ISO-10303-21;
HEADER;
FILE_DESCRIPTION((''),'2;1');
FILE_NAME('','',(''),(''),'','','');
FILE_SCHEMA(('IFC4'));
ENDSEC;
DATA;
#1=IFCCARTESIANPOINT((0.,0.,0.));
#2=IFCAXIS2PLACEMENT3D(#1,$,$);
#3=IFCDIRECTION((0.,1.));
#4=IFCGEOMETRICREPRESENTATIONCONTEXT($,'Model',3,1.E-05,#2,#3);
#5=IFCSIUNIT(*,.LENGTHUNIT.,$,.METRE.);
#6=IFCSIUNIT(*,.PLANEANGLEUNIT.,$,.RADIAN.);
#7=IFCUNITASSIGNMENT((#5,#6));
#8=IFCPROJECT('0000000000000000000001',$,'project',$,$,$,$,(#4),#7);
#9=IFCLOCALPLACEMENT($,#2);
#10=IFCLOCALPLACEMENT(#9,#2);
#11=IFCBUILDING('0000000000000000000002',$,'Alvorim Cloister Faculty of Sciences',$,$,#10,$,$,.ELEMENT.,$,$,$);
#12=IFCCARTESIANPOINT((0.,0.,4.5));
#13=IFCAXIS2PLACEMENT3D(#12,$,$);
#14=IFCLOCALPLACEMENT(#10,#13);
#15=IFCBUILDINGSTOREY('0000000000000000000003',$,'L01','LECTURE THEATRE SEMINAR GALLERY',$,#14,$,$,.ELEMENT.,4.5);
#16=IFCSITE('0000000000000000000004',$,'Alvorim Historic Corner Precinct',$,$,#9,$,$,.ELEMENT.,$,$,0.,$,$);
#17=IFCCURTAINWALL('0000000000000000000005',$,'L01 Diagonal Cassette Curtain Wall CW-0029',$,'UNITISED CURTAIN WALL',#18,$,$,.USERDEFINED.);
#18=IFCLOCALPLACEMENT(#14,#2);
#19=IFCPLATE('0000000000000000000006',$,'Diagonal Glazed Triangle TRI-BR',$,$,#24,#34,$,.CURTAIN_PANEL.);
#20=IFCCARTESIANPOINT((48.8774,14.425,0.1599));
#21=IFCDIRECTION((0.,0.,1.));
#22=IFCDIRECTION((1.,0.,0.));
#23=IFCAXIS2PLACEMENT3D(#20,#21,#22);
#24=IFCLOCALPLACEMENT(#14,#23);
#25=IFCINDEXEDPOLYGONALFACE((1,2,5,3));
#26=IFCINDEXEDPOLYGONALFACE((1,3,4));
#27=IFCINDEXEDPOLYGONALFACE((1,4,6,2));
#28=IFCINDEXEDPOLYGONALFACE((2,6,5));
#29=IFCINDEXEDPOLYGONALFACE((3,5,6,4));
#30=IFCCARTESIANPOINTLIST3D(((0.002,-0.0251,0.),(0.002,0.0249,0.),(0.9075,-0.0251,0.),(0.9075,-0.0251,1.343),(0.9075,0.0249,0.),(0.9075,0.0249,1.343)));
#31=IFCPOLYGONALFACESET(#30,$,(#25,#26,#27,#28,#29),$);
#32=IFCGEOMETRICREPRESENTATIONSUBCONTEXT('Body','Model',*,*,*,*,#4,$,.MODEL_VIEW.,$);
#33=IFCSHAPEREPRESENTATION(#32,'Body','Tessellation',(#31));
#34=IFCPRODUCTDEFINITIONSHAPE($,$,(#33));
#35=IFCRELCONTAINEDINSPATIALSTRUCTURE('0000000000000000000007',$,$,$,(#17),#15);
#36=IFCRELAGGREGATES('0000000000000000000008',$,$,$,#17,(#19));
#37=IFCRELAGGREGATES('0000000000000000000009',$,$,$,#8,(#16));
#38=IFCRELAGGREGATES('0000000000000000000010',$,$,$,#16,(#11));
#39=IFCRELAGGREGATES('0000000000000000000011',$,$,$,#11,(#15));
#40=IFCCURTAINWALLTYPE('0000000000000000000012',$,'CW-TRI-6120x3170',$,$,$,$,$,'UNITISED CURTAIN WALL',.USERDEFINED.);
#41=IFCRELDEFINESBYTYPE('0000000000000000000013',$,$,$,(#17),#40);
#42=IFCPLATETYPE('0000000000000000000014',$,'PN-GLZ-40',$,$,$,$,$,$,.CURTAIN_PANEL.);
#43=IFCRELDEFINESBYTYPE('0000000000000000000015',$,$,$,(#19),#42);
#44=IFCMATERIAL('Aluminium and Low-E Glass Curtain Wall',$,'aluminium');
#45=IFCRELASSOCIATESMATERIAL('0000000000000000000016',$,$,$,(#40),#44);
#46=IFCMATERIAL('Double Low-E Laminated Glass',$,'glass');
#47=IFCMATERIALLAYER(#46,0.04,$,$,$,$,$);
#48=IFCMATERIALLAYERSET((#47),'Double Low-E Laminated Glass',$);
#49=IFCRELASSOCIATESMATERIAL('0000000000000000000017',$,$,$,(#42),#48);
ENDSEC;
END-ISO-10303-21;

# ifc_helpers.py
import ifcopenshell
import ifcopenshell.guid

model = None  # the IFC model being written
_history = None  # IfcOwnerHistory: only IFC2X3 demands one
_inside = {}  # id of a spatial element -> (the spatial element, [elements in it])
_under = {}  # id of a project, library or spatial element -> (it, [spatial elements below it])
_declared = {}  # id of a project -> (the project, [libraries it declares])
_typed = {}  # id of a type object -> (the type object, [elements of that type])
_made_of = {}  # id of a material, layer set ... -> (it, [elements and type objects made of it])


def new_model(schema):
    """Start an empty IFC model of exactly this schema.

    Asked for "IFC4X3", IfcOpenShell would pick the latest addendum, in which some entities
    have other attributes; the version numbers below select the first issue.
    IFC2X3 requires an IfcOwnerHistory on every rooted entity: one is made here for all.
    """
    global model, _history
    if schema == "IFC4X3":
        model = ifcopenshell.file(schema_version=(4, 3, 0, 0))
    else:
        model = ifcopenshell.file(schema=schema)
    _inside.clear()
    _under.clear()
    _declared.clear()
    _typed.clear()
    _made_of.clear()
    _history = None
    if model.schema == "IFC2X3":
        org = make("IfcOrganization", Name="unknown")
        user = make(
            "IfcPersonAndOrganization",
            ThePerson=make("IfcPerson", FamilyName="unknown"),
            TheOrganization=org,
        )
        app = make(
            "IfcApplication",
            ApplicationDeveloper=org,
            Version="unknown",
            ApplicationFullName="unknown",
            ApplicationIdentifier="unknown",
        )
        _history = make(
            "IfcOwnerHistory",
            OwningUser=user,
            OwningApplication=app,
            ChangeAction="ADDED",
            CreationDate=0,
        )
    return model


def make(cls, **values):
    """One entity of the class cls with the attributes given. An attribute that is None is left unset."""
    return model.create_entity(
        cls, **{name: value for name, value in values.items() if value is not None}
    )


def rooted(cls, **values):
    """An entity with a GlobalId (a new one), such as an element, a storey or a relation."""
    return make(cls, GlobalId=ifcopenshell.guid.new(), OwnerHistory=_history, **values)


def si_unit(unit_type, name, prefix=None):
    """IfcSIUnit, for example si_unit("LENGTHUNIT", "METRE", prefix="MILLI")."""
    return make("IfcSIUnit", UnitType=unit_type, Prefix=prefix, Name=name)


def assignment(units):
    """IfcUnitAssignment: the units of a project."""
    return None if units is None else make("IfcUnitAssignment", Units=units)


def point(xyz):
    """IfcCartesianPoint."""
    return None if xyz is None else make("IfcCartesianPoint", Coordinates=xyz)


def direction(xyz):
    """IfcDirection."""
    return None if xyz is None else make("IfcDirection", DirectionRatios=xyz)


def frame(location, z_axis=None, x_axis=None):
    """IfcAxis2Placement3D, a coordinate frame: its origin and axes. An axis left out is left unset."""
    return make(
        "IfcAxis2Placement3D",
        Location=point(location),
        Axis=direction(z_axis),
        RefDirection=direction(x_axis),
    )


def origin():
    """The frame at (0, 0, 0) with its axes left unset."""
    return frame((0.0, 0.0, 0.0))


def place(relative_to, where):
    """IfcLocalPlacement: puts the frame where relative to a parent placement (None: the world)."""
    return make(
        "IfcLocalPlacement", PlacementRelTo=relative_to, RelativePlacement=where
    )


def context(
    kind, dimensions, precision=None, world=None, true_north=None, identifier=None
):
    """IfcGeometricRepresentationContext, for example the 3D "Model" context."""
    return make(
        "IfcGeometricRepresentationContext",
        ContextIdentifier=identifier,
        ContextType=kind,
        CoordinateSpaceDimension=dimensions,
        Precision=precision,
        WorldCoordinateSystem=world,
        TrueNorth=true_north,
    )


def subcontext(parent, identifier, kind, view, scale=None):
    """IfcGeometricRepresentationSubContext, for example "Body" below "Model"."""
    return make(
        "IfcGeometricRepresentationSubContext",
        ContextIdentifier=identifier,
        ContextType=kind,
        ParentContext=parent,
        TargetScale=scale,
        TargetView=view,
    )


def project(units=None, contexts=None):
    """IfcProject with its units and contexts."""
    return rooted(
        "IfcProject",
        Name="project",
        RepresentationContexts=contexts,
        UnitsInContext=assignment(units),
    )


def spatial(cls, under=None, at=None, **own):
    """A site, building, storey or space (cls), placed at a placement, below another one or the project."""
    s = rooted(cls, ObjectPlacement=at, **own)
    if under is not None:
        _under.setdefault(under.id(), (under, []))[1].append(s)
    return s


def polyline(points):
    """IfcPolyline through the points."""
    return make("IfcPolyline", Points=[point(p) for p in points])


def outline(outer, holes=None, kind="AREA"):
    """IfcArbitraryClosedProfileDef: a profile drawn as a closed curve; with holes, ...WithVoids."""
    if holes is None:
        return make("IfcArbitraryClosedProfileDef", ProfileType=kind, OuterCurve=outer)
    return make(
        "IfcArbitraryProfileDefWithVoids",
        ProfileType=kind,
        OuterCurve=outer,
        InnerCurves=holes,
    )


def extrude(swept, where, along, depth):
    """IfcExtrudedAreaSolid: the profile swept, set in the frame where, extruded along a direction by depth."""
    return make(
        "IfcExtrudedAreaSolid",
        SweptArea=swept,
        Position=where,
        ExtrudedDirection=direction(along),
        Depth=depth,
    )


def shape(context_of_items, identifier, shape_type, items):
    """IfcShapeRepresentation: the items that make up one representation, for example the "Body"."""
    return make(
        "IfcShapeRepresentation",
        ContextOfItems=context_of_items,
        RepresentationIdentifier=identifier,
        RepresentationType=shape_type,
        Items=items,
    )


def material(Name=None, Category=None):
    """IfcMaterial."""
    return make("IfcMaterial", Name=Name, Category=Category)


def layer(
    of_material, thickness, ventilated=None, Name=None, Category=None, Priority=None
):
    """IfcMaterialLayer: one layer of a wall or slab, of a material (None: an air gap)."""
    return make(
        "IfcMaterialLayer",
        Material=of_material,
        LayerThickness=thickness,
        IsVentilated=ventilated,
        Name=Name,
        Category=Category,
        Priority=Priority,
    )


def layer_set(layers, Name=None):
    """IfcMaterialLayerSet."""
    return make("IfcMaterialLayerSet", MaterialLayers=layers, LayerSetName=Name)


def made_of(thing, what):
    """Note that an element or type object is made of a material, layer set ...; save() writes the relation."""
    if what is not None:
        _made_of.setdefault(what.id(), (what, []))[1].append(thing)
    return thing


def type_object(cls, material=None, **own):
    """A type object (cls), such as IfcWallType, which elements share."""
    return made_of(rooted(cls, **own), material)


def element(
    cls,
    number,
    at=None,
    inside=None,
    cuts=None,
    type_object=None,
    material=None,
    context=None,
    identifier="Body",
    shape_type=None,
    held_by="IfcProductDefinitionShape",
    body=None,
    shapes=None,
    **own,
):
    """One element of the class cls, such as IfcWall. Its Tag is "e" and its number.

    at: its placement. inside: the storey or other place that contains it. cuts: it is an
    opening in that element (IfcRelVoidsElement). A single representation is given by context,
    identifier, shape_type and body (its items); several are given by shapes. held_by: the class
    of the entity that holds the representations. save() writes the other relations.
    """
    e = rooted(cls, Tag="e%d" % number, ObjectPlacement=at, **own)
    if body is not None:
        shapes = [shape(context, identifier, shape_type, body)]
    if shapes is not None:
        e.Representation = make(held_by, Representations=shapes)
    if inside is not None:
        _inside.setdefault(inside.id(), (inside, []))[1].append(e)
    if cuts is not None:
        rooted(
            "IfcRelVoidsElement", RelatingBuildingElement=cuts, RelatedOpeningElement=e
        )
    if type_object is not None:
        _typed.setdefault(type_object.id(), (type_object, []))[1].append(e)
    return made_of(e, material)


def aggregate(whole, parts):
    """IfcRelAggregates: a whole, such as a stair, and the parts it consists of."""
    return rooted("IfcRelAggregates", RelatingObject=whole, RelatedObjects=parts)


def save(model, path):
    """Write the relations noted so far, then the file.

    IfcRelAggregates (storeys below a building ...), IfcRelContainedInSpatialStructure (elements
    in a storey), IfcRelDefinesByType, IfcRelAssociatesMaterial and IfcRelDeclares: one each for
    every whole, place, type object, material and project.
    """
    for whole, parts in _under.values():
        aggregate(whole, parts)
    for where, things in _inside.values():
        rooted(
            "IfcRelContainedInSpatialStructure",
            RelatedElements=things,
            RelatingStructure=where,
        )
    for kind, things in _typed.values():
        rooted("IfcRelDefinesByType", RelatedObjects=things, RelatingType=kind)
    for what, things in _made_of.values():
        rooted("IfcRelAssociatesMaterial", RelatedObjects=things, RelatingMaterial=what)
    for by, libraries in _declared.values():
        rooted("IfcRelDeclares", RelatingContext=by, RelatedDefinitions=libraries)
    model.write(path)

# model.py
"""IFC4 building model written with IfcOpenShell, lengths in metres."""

from ifc_helpers import new_model, si_unit, direction, frame, origin, place, context, subcontext, project, spatial, polyline, outline, extrude, material, layer, layer_set, type_object, element, aggregate, save


model = new_model("IFC4")

# Units and contexts
model_context = context("Model", 3, precision=1e-05, world=origin(), true_north=direction((0.0, 1.0)))
body_context = subcontext(model_context, "Body", "Model", "MODEL_VIEW")
ifc_project = project(units=[si_unit("LENGTHUNIT", "METRE"), si_unit("PLANEANGLEUNIT", "RADIAN")], contexts=[model_context])

# Site, building, storey
site_placement = place(None, origin())
site = spatial("IfcSite", under=ifc_project, at=site_placement, Name="Alvorim Historic Corner Precinct", CompositionType="ELEMENT", RefElevation=0.0)
building_placement = place(site_placement, origin())
building = spatial("IfcBuilding", under=site, at=building_placement, Name="Alvorim Cloister Faculty of Sciences", CompositionType="ELEMENT")
storey_placement = place(building_placement, frame((0.0, 0.0, 4.5)))
storey = spatial("IfcBuildingStorey", under=building, at=storey_placement, Name="L01", Description="LECTURE THEATRE SEMINAR GALLERY", CompositionType="ELEMENT", Elevation=4.5)

# Curtain wall, plate
ifc_material_1 = material(Name="Aluminium and Low-E Glass Curtain Wall", Category="aluminium")
curtain_wall_type = type_object("IfcCurtainWallType", Name="CW-TRI-6120x3170", ElementType="UNITISED CURTAIN WALL", PredefinedType="USERDEFINED", material=ifc_material_1)
ifc_material_2 = material(Name="Double Low-E Laminated Glass", Category="glass")
ifc_layer = layer(ifc_material_2, 0.04)
ifc_layer_set = layer_set([ifc_layer], Name="Double Low-E Laminated Glass")
plate_type = type_object("IfcPlateType", Name="PN-GLZ-40", PredefinedType="CURTAIN_PANEL", material=ifc_layer_set)
curtain_wall_1_placement = place(storey_placement, origin())
curtain_wall_1 = element("IfcCurtainWall", 1, at=curtain_wall_1_placement, inside=storey, type_object=curtain_wall_type, Name="L01 Diagonal Cassette Curtain Wall CW-0029", ObjectType="UNITISED CURTAIN WALL", PredefinedType="USERDEFINED")
plate_1_placement = place(storey_placement, frame((48.8774, 14.425, 0.1599), z_axis=(0.0, 0.0, 1.0), x_axis=(1.0, 0.0, 0.0)))
plate_1 = element("IfcPlate", 2, at=plate_1_placement, type_object=plate_type, Name="Diagonal Glazed Triangle TRI-BR", PredefinedType="CURTAIN_PANEL", context=body_context, shape_type="SweptSolid", body=[
    extrude(outline(polyline([(0.002, 0.0), (0.9075, 0.0), (0.9075, 1.343), (0.002, 0.0)])), frame((0.0, 0.0249, 0.0), z_axis=(0.0, -1.0, 0.0), x_axis=(1.0, 0.0, 0.0)), (0.0, 0.0, 1.0), 0.05),
])
aggregate(curtain_wall_1, [plate_1])

save(model, "model.ifc")
